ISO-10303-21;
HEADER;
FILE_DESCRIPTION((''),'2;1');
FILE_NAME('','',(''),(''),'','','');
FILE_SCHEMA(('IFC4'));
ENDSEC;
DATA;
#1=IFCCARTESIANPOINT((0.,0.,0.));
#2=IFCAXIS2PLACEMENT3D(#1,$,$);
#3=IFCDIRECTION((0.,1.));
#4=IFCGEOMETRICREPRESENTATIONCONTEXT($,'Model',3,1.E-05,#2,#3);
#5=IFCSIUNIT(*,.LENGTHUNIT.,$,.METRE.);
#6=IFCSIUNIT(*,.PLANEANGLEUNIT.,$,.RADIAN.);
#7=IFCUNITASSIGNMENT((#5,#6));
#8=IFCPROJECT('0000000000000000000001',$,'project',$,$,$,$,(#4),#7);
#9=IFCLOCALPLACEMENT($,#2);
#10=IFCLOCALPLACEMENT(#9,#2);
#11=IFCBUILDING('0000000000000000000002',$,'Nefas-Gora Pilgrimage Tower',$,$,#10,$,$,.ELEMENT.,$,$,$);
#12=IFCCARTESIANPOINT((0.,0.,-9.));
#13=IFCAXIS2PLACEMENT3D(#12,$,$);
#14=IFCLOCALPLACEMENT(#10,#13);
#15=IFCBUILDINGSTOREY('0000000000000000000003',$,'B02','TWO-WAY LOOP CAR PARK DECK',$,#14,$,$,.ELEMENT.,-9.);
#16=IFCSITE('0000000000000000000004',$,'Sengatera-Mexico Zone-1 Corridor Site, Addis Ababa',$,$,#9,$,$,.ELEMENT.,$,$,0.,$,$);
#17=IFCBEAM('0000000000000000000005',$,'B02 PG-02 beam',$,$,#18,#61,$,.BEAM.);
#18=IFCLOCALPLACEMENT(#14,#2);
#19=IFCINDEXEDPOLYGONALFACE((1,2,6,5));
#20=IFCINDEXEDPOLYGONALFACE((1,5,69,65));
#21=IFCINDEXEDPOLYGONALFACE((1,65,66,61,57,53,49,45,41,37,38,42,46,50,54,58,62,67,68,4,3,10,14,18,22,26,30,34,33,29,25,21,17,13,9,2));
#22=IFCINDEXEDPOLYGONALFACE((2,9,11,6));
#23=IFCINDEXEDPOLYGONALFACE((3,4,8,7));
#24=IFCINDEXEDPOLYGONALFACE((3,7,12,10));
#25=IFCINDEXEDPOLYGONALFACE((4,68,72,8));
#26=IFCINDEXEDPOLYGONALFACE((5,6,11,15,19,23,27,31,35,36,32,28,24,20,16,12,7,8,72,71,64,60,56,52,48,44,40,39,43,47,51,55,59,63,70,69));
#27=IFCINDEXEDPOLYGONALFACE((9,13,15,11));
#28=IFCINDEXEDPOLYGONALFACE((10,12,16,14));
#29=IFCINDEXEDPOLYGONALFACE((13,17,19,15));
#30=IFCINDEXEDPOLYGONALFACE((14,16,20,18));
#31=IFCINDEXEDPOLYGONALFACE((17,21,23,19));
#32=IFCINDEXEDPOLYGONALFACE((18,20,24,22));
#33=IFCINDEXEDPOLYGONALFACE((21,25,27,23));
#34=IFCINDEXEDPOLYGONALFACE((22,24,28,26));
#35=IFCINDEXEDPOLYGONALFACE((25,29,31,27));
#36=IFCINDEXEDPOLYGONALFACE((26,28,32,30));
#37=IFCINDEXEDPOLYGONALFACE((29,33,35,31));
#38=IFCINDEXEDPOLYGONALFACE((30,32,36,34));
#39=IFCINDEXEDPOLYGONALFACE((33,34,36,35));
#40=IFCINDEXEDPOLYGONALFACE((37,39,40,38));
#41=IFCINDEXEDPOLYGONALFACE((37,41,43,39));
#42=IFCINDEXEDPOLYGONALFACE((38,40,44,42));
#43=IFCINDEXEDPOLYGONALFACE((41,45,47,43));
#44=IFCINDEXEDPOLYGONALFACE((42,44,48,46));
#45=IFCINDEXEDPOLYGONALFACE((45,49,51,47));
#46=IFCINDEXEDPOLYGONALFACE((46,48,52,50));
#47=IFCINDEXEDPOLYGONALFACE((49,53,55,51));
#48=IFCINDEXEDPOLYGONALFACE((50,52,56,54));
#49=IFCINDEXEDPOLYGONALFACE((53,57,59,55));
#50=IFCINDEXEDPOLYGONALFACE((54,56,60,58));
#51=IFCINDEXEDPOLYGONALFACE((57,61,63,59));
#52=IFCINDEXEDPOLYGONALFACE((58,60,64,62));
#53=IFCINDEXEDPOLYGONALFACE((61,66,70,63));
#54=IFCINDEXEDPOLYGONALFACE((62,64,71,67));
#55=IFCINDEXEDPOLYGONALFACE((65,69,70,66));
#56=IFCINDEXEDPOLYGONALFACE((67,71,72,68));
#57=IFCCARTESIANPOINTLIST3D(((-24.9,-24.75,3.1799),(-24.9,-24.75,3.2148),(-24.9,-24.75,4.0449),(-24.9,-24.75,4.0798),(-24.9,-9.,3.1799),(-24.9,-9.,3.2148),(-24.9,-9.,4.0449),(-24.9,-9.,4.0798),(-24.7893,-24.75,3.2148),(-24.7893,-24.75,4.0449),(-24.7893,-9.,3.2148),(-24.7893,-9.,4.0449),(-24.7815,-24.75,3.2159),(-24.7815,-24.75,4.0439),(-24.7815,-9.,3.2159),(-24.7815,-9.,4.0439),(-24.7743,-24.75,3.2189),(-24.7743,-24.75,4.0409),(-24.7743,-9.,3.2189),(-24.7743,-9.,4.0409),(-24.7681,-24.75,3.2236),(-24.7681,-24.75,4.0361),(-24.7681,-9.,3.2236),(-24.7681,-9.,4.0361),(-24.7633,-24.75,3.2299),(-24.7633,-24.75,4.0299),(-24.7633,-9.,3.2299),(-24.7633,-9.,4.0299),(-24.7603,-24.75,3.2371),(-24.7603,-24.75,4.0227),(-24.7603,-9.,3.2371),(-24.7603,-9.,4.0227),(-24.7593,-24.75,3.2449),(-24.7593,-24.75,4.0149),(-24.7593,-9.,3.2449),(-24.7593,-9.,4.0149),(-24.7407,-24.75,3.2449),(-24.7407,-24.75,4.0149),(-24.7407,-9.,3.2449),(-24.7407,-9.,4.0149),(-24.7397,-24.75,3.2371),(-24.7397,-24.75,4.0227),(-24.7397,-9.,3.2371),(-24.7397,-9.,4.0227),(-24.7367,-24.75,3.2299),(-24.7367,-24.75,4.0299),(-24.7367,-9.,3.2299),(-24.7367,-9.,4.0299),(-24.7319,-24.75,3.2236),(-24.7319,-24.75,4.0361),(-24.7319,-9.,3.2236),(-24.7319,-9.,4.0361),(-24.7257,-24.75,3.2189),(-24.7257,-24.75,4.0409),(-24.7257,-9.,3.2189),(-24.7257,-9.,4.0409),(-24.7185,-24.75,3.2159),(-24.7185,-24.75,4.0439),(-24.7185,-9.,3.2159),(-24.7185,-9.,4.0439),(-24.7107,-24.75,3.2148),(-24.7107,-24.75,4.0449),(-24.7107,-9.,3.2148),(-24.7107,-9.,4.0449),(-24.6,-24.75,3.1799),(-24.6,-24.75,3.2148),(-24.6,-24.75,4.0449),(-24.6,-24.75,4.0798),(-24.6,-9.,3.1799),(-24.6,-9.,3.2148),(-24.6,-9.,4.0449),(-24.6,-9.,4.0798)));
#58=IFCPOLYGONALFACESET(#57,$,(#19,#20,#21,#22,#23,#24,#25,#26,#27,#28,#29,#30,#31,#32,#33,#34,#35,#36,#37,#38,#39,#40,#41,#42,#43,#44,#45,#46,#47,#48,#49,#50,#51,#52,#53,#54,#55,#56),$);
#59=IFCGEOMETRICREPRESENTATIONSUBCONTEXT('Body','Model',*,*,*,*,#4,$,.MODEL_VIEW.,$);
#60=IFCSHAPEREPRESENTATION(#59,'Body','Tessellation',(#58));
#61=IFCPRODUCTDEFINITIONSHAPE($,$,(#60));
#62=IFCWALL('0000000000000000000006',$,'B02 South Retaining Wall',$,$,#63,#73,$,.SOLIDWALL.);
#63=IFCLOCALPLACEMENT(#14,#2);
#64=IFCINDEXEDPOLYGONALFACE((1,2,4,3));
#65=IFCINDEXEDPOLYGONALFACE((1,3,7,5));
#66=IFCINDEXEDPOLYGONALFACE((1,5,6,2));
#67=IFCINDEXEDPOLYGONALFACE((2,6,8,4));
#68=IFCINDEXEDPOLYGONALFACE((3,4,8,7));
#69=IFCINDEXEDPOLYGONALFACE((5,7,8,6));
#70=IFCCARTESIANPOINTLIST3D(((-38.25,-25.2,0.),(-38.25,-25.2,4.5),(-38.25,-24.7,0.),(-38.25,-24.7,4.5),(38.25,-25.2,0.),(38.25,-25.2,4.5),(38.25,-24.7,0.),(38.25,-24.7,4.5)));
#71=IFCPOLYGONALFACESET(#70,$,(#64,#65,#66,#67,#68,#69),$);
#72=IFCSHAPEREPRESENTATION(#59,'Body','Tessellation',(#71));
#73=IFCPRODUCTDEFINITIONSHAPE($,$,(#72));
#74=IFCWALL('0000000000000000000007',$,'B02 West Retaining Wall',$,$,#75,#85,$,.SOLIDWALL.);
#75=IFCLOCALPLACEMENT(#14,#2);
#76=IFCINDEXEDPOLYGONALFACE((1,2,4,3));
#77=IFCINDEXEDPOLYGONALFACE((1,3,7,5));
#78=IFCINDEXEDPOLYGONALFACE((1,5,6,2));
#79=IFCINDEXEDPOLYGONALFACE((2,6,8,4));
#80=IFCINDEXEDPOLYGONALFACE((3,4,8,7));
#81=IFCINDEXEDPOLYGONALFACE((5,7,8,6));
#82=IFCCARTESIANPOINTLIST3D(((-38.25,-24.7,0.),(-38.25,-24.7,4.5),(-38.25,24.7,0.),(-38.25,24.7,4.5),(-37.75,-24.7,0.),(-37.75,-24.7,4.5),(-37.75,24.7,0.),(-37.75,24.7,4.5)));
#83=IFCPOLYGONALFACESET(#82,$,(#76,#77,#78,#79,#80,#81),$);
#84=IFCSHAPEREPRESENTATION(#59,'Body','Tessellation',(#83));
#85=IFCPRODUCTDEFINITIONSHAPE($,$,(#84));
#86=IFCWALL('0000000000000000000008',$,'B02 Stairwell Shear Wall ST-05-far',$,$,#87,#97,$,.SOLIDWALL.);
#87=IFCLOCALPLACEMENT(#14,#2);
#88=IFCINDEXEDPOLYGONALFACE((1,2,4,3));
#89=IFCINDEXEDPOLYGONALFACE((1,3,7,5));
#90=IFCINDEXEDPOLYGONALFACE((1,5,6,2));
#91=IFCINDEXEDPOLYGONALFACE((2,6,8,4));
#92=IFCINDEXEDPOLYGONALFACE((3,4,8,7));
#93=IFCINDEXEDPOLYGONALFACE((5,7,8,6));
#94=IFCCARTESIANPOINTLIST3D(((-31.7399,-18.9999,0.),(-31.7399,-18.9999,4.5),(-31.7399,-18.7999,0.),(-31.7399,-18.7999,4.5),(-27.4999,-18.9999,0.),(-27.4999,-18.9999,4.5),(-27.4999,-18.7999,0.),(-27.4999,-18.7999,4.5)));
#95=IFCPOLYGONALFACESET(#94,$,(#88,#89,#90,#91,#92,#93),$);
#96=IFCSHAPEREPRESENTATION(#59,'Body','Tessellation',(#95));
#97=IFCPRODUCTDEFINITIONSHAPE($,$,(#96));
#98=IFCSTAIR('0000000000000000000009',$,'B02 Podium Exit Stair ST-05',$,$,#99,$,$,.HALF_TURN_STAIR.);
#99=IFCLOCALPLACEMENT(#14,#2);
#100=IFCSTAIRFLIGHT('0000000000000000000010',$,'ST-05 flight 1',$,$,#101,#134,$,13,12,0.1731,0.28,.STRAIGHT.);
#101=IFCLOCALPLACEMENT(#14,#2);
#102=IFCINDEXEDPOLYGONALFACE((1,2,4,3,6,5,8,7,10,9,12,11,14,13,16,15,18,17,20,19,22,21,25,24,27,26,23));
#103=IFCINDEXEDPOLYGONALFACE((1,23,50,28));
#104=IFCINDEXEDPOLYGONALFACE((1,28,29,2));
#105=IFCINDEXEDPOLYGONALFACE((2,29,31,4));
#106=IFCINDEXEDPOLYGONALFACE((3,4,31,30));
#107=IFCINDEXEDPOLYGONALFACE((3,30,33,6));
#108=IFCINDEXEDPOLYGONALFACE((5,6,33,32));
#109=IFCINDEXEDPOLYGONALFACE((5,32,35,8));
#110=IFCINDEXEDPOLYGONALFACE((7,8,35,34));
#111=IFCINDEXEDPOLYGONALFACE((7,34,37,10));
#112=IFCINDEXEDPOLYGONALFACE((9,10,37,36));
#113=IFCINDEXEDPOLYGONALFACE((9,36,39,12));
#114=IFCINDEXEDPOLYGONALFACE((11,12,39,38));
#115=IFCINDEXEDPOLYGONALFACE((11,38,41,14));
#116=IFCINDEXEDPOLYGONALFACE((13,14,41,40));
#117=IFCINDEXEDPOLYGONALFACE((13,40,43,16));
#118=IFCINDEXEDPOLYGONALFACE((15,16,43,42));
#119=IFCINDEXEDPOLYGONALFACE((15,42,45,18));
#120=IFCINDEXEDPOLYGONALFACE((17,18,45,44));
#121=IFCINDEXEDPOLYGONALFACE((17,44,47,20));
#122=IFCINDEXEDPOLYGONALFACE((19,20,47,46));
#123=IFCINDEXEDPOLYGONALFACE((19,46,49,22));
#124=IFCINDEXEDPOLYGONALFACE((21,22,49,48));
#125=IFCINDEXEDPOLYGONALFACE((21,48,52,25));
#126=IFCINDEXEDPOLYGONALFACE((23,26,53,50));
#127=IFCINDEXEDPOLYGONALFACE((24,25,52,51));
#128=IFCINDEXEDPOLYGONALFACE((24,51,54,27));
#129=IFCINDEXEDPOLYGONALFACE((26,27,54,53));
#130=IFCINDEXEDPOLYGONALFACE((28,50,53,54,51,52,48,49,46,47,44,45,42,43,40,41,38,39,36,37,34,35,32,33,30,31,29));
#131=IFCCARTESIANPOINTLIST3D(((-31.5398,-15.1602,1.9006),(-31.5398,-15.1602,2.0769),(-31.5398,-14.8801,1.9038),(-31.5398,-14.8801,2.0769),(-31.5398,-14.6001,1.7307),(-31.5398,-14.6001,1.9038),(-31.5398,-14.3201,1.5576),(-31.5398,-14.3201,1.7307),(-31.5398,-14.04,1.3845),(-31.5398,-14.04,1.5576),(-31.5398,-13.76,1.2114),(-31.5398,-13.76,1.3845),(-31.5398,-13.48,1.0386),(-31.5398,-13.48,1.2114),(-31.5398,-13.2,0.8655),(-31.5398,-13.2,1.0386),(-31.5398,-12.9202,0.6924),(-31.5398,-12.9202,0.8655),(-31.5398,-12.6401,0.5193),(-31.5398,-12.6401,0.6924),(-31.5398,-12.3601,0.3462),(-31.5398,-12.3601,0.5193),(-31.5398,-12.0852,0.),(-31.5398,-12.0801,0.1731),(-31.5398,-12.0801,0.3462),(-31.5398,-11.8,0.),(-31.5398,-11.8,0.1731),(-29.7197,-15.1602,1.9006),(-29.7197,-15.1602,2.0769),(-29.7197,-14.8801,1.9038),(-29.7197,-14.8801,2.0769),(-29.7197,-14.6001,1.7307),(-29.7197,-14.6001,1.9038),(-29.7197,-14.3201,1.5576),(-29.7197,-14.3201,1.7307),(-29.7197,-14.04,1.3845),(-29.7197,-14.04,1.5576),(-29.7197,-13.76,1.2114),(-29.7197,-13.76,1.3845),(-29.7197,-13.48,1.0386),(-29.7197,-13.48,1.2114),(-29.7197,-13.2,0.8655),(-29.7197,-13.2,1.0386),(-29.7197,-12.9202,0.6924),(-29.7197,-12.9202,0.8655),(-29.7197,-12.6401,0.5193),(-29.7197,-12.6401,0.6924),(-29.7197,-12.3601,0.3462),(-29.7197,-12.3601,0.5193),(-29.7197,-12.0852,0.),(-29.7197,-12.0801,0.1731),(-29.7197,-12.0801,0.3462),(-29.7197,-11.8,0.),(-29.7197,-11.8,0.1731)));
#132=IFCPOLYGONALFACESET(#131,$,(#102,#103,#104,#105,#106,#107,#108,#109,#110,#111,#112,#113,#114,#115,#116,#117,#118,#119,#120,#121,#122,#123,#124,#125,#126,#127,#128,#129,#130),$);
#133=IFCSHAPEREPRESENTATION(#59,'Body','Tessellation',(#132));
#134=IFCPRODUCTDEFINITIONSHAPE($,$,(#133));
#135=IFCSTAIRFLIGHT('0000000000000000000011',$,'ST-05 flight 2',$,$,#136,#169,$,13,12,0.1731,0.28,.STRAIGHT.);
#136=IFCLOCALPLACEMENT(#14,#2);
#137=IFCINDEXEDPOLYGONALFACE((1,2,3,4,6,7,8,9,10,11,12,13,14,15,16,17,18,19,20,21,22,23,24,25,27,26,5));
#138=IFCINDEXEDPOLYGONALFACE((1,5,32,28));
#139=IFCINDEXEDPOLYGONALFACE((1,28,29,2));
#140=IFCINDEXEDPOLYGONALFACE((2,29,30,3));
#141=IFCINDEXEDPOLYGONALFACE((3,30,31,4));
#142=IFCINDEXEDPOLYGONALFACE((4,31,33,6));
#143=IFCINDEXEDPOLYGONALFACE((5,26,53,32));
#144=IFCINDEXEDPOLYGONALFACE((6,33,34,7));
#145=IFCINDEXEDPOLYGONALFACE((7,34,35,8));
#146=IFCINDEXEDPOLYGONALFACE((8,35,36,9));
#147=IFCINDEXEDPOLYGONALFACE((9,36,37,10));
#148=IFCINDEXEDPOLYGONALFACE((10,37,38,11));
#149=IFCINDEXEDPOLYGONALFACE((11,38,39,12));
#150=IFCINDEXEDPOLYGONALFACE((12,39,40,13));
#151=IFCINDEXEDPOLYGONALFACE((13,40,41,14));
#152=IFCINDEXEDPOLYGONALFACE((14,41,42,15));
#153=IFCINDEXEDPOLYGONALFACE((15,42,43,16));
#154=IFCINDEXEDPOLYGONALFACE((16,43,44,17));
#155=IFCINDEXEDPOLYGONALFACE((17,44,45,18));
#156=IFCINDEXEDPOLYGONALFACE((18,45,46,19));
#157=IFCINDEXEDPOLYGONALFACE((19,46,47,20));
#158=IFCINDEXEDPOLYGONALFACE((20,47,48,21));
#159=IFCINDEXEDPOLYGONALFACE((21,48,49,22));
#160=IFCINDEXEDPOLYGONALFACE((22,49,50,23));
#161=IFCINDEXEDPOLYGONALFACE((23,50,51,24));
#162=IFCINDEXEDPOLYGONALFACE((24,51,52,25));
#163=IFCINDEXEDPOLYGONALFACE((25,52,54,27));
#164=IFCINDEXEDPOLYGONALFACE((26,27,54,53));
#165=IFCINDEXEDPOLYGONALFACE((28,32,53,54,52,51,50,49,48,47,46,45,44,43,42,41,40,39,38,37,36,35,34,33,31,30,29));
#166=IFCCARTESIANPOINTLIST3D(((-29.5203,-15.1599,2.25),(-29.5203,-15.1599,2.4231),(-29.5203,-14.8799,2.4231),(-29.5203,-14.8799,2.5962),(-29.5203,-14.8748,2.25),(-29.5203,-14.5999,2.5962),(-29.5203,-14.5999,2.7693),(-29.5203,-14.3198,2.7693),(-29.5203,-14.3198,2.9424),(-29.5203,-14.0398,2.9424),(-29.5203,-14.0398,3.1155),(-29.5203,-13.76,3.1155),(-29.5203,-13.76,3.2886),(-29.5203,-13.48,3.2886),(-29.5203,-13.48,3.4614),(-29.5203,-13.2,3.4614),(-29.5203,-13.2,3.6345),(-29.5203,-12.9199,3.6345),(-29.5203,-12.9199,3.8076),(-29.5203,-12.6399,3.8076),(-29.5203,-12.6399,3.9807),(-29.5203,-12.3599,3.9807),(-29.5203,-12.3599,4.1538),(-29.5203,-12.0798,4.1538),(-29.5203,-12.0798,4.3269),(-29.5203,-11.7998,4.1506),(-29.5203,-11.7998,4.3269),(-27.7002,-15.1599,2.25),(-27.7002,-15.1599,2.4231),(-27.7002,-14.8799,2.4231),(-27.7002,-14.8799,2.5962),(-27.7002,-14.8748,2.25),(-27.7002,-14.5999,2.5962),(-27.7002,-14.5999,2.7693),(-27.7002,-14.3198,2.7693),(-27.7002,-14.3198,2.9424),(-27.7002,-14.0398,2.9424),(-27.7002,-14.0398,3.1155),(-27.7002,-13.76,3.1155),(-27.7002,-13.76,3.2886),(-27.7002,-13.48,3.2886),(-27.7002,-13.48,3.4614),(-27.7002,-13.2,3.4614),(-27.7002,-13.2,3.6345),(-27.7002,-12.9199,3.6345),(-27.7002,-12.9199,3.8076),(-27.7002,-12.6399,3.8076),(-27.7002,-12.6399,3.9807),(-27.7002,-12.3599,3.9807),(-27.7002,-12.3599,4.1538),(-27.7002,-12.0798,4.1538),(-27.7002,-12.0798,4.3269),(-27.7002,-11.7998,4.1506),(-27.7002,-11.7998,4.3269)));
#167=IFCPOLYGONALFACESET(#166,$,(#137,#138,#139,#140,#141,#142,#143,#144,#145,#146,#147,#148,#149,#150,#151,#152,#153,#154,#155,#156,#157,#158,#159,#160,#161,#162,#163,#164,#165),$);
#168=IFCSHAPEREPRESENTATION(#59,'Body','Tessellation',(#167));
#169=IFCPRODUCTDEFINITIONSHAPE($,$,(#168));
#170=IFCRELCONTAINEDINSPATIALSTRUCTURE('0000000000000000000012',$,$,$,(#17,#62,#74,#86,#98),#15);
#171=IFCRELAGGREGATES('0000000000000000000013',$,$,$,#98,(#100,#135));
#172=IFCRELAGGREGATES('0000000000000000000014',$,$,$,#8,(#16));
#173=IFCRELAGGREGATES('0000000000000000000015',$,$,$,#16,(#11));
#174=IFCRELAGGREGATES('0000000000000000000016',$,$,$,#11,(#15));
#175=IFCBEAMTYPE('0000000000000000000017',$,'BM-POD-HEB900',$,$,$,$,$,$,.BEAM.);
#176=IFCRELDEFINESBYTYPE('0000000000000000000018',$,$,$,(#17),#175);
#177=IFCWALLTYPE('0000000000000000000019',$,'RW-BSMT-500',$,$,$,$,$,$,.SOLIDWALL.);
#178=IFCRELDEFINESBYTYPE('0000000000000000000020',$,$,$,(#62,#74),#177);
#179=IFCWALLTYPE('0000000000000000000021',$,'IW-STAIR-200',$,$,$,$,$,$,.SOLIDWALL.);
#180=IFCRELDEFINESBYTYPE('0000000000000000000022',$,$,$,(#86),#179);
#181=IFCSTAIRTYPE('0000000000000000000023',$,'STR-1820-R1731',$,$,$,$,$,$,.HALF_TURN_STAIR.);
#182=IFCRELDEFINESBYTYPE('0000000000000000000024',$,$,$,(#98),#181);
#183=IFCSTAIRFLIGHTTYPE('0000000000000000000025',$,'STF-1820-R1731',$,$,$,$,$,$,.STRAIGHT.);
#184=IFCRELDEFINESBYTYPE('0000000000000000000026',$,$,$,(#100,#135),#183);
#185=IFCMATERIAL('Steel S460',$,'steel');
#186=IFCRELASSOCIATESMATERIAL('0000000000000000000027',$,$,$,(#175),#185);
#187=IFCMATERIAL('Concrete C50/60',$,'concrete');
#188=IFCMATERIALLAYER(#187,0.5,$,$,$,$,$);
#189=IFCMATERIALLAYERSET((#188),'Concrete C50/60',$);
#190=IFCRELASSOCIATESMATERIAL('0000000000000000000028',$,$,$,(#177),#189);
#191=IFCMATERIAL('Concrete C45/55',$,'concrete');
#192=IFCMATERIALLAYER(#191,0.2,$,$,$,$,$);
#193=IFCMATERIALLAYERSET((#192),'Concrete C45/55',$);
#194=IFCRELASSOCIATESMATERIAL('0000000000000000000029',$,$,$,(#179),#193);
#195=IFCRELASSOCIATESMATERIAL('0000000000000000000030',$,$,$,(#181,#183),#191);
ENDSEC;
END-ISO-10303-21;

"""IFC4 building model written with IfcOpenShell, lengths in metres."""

from ifc_helpers import new_model, si_unit, direction, frame, frame_2d, origin, origin_2d, place, context, subcontext, project, spatial, polyline, rectangle, i_section, outline, extrude, source, transform, mapped, material, layer, layer_set, material_profile, profile_set, type_object, element, aggregate, save


model = new_model("IFC4")

# Units and contexts
model_context = context("Model", 3, precision=1e-05, world=origin(), true_north=direction((0.0, 1.0)))
body_context = subcontext(model_context, "Body", "Model", "MODEL_VIEW")
ifc_project = project(units=[si_unit("LENGTHUNIT", "METRE"), si_unit("PLANEANGLEUNIT", "RADIAN")], contexts=[model_context])

# Site, building, storey
site_placement = place(None, origin())
site = spatial("IfcSite", under=ifc_project, at=site_placement, Name="Sengatera-Mexico Zone-1 Corridor Site, Addis Ababa", CompositionType="ELEMENT", RefElevation=0.0)
building_placement = place(site_placement, origin())
building = spatial("IfcBuilding", under=site, at=building_placement, Name="Nefas-Gora Pilgrimage Tower", CompositionType="ELEMENT")
storey_placement = place(building_placement, frame((0.0, 0.0, -9.0)))
storey = spatial("IfcBuildingStorey", under=building, at=storey_placement, Name="B02", Description="TWO-WAY LOOP CAR PARK DECK", CompositionType="ELEMENT", Elevation=-9.0)

# Shared definitions
ifc_material_1 = material(Name="Concrete C45/55", Category="concrete")

# Shared definitions
ifc_material_2 = material(Name="Steel S460", Category="steel")

# Beam
ifc_material_profile_1 = material_profile(ifc_material_2, i_section(OverallWidth=0.3, OverallDepth=0.8999, WebThickness=0.0186, FlangeThickness=0.0349, FilletRadius=0.03, at=origin_2d()), Name="HEB 900")
ifc_profile_set_1 = profile_set([ifc_material_profile_1], Name="Steel S460")
beam_type = type_object("IfcBeamType", Name="BM-POD-HEB900", PredefinedType="BEAM", material=ifc_profile_set_1)
shared_shape_1 = source(origin(), body_context, "Body", "SweptSolid", [
    extrude(i_section(OverallWidth=0.3, OverallDepth=0.8999, WebThickness=0.0186, FlangeThickness=0.0349, FilletRadius=0.03, at=origin_2d()), origin(), (0.0, 0.0, 1.0), 15.75),
])
beam_placement = place(storey_placement, frame((-24.75, -24.75, 3.6299), z_axis=(0.0, 1.0, 0.0), x_axis=(-1.0, 0.0, 0.0)))
element("IfcBeam", 1, at=beam_placement, inside=storey, type_object=beam_type, Name="B02 PG-02 beam", PredefinedType="BEAM", context=body_context, shape_type="MappedRepresentation", body=[
    mapped(shared_shape_1, transform((0.0, 0.0, 0.0), x_axis=(1.0, 0.0, 0.0), y_axis=(0.0, 1.0, 0.0), z_axis=(0.0, 0.0, 1.0), scale=1.0)),
])

# Walls
ifc_material_3 = material(Name="Concrete C50/60", Category="concrete")
ifc_layer_1 = layer(ifc_material_3, 0.5)
ifc_layer_set_1 = layer_set([ifc_layer_1], Name="Concrete C50/60")
wall_type_1 = type_object("IfcWallType", Name="RW-BSMT-500", PredefinedType="SOLIDWALL", material=ifc_layer_set_1)
shared_shape_2 = source(origin(), body_context, "Body", "SweptSolid", [
    extrude(rectangle(XDim=76.5, YDim=0.5, at=frame_2d((38.25, 0.0))), origin(), (0.0, 0.0, 1.0), 4.5),
])
wall_1_placement = place(storey_placement, frame((-38.25, -24.95, 0.0), z_axis=(0.0, 0.0, 1.0), x_axis=(1.0, 0.0, 0.0)))
element("IfcWall", 2, at=wall_1_placement, inside=storey, type_object=wall_type_1, Name="B02 South Retaining Wall", PredefinedType="SOLIDWALL", context=body_context, shape_type="MappedRepresentation", body=[
    mapped(shared_shape_2, transform((0.0, 0.0, 0.0), x_axis=(1.0, 0.0, 0.0), y_axis=(0.0, 1.0, 0.0), z_axis=(0.0, 0.0, 1.0), scale=1.0)),
])
shared_shape_3 = source(origin(), body_context, "Body", "SweptSolid", [
    extrude(rectangle(XDim=49.3999, YDim=0.5, at=frame_2d((24.7, 0.0))), origin(), (0.0, 0.0, 1.0), 4.5),
])
wall_2_placement = place(storey_placement, frame((-38.0, -24.7, 0.0), z_axis=(0.0, 0.0, 1.0), x_axis=(0.0, 1.0, 0.0)))
element("IfcWall", 3, at=wall_2_placement, inside=storey, type_object=wall_type_1, Name="B02 West Retaining Wall", PredefinedType="SOLIDWALL", context=body_context, shape_type="MappedRepresentation", body=[
    mapped(shared_shape_3, transform((0.0, 0.0, 0.0), x_axis=(1.0, 0.0, 0.0), y_axis=(0.0, 1.0, 0.0), z_axis=(0.0, 0.0, 1.0), scale=1.0)),
])
ifc_layer_2 = layer(ifc_material_1, 0.2)
ifc_layer_set_2 = layer_set([ifc_layer_2], Name="Concrete C45/55")
wall_type_2 = type_object("IfcWallType", Name="IW-STAIR-200", PredefinedType="SOLIDWALL", material=ifc_layer_set_2)
shared_shape_4 = source(origin(), body_context, "Body", "SweptSolid", [
    extrude(rectangle(XDim=4.24, YDim=0.2, at=frame_2d((2.1201, 0.0))), origin(), (0.0, 0.0, 1.0), 4.5),
])
wall_3_placement = place(storey_placement, frame((-31.74, -18.8999, 0.0), z_axis=(0.0, 0.0, 1.0), x_axis=(1.0, 0.0, 0.0)))
element("IfcWall", 4, at=wall_3_placement, inside=storey, type_object=wall_type_2, Name="B02 Stairwell Shear Wall ST-05-far", PredefinedType="SOLIDWALL", context=body_context, shape_type="MappedRepresentation", body=[
    mapped(shared_shape_4, transform((0.0, 0.0, 0.0), x_axis=(1.0, 0.0, 0.0), y_axis=(0.0, 1.0, 0.0), z_axis=(0.0, 0.0, 1.0), scale=1.0)),
])

# Stair, stair flights
stair_type = type_object("IfcStairType", Name="STR-1820-R1731", PredefinedType="HALF_TURN_STAIR", material=ifc_material_1)
stair_placement = place(storey_placement, origin())
stair = element("IfcStair", 5, at=stair_placement, inside=storey, type_object=stair_type, Name="B02 Podium Exit Stair ST-05", PredefinedType="HALF_TURN_STAIR")
stair_flight_type = type_object("IfcStairFlightType", Name="STF-1820-R1731", PredefinedType="STRAIGHT", material=ifc_material_1)
shared_shape_5 = source(origin(), body_context, "Body", "SweptSolid", [
    extrude(outline(polyline([(0.0, 0.0), (0.0, 0.1731), (0.28, 0.1731), (0.28, 0.3462), (0.5601, 0.3462), (0.5601, 0.5193), (0.8401, 0.5193), (0.8401, 0.6924), (1.1201, 0.6924), (1.1201, 0.8655), (1.3999, 0.8655), (1.3999, 1.0386), (1.6799, 1.0386), (1.6799, 1.2114), (1.96, 1.2114), (1.96, 1.3845), (2.24, 1.3845), (2.24, 1.5576), (2.52, 1.5576), (2.52, 1.7307), (2.8, 1.7307), (2.8, 1.9038), (3.0801, 1.9038), (3.0801, 2.0769), (3.3601, 2.0769), (3.3601, 2.25), (3.3601, 1.9006), (0.2852, 0.0), (0.0, 0.0)])), frame((0.0, 0.9102, 0.0), z_axis=(0.0, -1.0, 0.0), x_axis=(1.0, 0.0, 0.0)), (0.0, 0.0, 1.0), 1.8201),
])
stair_flight_1_placement = place(storey_placement, frame((-30.6299, -11.8, 0.0), z_axis=(0.0, 0.0, 1.0), x_axis=(0.0, -1.0, 0.0)))
stair_flight_1 = element("IfcStairFlight", 6, at=stair_flight_1_placement, type_object=stair_flight_type, Name="ST-05 flight 1", NumberOfRisers=13, NumberOfTreads=12, PredefinedType="STRAIGHT", RiserHeight=0.1731, TreadLength=0.28, context=body_context, shape_type="MappedRepresentation", body=[
    mapped(shared_shape_5, transform((0.0, 0.0, 0.0), x_axis=(1.0, 0.0, 0.0), y_axis=(0.0, 1.0, 0.0), z_axis=(0.0, 0.0, 1.0), scale=1.0)),
])
stair_flight_2_placement = place(storey_placement, frame((-28.6101, -15.1599, 2.25), z_axis=(0.0, 0.0, 1.0), x_axis=(0.0, 1.0, 0.0)))
stair_flight_2 = element("IfcStairFlight", 7, at=stair_flight_2_placement, type_object=stair_flight_type, Name="ST-05 flight 2", NumberOfRisers=13, NumberOfTreads=12, PredefinedType="STRAIGHT", RiserHeight=0.1731, TreadLength=0.28, context=body_context, shape_type="MappedRepresentation", body=[
    mapped(shared_shape_5, transform((0.0, 0.0, 0.0), x_axis=(1.0, 0.0, 0.0), y_axis=(0.0, 1.0, 0.0), z_axis=(0.0, 0.0, 1.0), scale=1.0)),
])
aggregate(stair, [stair_flight_1, stair_flight_2])

save(model, "model.ifc")
